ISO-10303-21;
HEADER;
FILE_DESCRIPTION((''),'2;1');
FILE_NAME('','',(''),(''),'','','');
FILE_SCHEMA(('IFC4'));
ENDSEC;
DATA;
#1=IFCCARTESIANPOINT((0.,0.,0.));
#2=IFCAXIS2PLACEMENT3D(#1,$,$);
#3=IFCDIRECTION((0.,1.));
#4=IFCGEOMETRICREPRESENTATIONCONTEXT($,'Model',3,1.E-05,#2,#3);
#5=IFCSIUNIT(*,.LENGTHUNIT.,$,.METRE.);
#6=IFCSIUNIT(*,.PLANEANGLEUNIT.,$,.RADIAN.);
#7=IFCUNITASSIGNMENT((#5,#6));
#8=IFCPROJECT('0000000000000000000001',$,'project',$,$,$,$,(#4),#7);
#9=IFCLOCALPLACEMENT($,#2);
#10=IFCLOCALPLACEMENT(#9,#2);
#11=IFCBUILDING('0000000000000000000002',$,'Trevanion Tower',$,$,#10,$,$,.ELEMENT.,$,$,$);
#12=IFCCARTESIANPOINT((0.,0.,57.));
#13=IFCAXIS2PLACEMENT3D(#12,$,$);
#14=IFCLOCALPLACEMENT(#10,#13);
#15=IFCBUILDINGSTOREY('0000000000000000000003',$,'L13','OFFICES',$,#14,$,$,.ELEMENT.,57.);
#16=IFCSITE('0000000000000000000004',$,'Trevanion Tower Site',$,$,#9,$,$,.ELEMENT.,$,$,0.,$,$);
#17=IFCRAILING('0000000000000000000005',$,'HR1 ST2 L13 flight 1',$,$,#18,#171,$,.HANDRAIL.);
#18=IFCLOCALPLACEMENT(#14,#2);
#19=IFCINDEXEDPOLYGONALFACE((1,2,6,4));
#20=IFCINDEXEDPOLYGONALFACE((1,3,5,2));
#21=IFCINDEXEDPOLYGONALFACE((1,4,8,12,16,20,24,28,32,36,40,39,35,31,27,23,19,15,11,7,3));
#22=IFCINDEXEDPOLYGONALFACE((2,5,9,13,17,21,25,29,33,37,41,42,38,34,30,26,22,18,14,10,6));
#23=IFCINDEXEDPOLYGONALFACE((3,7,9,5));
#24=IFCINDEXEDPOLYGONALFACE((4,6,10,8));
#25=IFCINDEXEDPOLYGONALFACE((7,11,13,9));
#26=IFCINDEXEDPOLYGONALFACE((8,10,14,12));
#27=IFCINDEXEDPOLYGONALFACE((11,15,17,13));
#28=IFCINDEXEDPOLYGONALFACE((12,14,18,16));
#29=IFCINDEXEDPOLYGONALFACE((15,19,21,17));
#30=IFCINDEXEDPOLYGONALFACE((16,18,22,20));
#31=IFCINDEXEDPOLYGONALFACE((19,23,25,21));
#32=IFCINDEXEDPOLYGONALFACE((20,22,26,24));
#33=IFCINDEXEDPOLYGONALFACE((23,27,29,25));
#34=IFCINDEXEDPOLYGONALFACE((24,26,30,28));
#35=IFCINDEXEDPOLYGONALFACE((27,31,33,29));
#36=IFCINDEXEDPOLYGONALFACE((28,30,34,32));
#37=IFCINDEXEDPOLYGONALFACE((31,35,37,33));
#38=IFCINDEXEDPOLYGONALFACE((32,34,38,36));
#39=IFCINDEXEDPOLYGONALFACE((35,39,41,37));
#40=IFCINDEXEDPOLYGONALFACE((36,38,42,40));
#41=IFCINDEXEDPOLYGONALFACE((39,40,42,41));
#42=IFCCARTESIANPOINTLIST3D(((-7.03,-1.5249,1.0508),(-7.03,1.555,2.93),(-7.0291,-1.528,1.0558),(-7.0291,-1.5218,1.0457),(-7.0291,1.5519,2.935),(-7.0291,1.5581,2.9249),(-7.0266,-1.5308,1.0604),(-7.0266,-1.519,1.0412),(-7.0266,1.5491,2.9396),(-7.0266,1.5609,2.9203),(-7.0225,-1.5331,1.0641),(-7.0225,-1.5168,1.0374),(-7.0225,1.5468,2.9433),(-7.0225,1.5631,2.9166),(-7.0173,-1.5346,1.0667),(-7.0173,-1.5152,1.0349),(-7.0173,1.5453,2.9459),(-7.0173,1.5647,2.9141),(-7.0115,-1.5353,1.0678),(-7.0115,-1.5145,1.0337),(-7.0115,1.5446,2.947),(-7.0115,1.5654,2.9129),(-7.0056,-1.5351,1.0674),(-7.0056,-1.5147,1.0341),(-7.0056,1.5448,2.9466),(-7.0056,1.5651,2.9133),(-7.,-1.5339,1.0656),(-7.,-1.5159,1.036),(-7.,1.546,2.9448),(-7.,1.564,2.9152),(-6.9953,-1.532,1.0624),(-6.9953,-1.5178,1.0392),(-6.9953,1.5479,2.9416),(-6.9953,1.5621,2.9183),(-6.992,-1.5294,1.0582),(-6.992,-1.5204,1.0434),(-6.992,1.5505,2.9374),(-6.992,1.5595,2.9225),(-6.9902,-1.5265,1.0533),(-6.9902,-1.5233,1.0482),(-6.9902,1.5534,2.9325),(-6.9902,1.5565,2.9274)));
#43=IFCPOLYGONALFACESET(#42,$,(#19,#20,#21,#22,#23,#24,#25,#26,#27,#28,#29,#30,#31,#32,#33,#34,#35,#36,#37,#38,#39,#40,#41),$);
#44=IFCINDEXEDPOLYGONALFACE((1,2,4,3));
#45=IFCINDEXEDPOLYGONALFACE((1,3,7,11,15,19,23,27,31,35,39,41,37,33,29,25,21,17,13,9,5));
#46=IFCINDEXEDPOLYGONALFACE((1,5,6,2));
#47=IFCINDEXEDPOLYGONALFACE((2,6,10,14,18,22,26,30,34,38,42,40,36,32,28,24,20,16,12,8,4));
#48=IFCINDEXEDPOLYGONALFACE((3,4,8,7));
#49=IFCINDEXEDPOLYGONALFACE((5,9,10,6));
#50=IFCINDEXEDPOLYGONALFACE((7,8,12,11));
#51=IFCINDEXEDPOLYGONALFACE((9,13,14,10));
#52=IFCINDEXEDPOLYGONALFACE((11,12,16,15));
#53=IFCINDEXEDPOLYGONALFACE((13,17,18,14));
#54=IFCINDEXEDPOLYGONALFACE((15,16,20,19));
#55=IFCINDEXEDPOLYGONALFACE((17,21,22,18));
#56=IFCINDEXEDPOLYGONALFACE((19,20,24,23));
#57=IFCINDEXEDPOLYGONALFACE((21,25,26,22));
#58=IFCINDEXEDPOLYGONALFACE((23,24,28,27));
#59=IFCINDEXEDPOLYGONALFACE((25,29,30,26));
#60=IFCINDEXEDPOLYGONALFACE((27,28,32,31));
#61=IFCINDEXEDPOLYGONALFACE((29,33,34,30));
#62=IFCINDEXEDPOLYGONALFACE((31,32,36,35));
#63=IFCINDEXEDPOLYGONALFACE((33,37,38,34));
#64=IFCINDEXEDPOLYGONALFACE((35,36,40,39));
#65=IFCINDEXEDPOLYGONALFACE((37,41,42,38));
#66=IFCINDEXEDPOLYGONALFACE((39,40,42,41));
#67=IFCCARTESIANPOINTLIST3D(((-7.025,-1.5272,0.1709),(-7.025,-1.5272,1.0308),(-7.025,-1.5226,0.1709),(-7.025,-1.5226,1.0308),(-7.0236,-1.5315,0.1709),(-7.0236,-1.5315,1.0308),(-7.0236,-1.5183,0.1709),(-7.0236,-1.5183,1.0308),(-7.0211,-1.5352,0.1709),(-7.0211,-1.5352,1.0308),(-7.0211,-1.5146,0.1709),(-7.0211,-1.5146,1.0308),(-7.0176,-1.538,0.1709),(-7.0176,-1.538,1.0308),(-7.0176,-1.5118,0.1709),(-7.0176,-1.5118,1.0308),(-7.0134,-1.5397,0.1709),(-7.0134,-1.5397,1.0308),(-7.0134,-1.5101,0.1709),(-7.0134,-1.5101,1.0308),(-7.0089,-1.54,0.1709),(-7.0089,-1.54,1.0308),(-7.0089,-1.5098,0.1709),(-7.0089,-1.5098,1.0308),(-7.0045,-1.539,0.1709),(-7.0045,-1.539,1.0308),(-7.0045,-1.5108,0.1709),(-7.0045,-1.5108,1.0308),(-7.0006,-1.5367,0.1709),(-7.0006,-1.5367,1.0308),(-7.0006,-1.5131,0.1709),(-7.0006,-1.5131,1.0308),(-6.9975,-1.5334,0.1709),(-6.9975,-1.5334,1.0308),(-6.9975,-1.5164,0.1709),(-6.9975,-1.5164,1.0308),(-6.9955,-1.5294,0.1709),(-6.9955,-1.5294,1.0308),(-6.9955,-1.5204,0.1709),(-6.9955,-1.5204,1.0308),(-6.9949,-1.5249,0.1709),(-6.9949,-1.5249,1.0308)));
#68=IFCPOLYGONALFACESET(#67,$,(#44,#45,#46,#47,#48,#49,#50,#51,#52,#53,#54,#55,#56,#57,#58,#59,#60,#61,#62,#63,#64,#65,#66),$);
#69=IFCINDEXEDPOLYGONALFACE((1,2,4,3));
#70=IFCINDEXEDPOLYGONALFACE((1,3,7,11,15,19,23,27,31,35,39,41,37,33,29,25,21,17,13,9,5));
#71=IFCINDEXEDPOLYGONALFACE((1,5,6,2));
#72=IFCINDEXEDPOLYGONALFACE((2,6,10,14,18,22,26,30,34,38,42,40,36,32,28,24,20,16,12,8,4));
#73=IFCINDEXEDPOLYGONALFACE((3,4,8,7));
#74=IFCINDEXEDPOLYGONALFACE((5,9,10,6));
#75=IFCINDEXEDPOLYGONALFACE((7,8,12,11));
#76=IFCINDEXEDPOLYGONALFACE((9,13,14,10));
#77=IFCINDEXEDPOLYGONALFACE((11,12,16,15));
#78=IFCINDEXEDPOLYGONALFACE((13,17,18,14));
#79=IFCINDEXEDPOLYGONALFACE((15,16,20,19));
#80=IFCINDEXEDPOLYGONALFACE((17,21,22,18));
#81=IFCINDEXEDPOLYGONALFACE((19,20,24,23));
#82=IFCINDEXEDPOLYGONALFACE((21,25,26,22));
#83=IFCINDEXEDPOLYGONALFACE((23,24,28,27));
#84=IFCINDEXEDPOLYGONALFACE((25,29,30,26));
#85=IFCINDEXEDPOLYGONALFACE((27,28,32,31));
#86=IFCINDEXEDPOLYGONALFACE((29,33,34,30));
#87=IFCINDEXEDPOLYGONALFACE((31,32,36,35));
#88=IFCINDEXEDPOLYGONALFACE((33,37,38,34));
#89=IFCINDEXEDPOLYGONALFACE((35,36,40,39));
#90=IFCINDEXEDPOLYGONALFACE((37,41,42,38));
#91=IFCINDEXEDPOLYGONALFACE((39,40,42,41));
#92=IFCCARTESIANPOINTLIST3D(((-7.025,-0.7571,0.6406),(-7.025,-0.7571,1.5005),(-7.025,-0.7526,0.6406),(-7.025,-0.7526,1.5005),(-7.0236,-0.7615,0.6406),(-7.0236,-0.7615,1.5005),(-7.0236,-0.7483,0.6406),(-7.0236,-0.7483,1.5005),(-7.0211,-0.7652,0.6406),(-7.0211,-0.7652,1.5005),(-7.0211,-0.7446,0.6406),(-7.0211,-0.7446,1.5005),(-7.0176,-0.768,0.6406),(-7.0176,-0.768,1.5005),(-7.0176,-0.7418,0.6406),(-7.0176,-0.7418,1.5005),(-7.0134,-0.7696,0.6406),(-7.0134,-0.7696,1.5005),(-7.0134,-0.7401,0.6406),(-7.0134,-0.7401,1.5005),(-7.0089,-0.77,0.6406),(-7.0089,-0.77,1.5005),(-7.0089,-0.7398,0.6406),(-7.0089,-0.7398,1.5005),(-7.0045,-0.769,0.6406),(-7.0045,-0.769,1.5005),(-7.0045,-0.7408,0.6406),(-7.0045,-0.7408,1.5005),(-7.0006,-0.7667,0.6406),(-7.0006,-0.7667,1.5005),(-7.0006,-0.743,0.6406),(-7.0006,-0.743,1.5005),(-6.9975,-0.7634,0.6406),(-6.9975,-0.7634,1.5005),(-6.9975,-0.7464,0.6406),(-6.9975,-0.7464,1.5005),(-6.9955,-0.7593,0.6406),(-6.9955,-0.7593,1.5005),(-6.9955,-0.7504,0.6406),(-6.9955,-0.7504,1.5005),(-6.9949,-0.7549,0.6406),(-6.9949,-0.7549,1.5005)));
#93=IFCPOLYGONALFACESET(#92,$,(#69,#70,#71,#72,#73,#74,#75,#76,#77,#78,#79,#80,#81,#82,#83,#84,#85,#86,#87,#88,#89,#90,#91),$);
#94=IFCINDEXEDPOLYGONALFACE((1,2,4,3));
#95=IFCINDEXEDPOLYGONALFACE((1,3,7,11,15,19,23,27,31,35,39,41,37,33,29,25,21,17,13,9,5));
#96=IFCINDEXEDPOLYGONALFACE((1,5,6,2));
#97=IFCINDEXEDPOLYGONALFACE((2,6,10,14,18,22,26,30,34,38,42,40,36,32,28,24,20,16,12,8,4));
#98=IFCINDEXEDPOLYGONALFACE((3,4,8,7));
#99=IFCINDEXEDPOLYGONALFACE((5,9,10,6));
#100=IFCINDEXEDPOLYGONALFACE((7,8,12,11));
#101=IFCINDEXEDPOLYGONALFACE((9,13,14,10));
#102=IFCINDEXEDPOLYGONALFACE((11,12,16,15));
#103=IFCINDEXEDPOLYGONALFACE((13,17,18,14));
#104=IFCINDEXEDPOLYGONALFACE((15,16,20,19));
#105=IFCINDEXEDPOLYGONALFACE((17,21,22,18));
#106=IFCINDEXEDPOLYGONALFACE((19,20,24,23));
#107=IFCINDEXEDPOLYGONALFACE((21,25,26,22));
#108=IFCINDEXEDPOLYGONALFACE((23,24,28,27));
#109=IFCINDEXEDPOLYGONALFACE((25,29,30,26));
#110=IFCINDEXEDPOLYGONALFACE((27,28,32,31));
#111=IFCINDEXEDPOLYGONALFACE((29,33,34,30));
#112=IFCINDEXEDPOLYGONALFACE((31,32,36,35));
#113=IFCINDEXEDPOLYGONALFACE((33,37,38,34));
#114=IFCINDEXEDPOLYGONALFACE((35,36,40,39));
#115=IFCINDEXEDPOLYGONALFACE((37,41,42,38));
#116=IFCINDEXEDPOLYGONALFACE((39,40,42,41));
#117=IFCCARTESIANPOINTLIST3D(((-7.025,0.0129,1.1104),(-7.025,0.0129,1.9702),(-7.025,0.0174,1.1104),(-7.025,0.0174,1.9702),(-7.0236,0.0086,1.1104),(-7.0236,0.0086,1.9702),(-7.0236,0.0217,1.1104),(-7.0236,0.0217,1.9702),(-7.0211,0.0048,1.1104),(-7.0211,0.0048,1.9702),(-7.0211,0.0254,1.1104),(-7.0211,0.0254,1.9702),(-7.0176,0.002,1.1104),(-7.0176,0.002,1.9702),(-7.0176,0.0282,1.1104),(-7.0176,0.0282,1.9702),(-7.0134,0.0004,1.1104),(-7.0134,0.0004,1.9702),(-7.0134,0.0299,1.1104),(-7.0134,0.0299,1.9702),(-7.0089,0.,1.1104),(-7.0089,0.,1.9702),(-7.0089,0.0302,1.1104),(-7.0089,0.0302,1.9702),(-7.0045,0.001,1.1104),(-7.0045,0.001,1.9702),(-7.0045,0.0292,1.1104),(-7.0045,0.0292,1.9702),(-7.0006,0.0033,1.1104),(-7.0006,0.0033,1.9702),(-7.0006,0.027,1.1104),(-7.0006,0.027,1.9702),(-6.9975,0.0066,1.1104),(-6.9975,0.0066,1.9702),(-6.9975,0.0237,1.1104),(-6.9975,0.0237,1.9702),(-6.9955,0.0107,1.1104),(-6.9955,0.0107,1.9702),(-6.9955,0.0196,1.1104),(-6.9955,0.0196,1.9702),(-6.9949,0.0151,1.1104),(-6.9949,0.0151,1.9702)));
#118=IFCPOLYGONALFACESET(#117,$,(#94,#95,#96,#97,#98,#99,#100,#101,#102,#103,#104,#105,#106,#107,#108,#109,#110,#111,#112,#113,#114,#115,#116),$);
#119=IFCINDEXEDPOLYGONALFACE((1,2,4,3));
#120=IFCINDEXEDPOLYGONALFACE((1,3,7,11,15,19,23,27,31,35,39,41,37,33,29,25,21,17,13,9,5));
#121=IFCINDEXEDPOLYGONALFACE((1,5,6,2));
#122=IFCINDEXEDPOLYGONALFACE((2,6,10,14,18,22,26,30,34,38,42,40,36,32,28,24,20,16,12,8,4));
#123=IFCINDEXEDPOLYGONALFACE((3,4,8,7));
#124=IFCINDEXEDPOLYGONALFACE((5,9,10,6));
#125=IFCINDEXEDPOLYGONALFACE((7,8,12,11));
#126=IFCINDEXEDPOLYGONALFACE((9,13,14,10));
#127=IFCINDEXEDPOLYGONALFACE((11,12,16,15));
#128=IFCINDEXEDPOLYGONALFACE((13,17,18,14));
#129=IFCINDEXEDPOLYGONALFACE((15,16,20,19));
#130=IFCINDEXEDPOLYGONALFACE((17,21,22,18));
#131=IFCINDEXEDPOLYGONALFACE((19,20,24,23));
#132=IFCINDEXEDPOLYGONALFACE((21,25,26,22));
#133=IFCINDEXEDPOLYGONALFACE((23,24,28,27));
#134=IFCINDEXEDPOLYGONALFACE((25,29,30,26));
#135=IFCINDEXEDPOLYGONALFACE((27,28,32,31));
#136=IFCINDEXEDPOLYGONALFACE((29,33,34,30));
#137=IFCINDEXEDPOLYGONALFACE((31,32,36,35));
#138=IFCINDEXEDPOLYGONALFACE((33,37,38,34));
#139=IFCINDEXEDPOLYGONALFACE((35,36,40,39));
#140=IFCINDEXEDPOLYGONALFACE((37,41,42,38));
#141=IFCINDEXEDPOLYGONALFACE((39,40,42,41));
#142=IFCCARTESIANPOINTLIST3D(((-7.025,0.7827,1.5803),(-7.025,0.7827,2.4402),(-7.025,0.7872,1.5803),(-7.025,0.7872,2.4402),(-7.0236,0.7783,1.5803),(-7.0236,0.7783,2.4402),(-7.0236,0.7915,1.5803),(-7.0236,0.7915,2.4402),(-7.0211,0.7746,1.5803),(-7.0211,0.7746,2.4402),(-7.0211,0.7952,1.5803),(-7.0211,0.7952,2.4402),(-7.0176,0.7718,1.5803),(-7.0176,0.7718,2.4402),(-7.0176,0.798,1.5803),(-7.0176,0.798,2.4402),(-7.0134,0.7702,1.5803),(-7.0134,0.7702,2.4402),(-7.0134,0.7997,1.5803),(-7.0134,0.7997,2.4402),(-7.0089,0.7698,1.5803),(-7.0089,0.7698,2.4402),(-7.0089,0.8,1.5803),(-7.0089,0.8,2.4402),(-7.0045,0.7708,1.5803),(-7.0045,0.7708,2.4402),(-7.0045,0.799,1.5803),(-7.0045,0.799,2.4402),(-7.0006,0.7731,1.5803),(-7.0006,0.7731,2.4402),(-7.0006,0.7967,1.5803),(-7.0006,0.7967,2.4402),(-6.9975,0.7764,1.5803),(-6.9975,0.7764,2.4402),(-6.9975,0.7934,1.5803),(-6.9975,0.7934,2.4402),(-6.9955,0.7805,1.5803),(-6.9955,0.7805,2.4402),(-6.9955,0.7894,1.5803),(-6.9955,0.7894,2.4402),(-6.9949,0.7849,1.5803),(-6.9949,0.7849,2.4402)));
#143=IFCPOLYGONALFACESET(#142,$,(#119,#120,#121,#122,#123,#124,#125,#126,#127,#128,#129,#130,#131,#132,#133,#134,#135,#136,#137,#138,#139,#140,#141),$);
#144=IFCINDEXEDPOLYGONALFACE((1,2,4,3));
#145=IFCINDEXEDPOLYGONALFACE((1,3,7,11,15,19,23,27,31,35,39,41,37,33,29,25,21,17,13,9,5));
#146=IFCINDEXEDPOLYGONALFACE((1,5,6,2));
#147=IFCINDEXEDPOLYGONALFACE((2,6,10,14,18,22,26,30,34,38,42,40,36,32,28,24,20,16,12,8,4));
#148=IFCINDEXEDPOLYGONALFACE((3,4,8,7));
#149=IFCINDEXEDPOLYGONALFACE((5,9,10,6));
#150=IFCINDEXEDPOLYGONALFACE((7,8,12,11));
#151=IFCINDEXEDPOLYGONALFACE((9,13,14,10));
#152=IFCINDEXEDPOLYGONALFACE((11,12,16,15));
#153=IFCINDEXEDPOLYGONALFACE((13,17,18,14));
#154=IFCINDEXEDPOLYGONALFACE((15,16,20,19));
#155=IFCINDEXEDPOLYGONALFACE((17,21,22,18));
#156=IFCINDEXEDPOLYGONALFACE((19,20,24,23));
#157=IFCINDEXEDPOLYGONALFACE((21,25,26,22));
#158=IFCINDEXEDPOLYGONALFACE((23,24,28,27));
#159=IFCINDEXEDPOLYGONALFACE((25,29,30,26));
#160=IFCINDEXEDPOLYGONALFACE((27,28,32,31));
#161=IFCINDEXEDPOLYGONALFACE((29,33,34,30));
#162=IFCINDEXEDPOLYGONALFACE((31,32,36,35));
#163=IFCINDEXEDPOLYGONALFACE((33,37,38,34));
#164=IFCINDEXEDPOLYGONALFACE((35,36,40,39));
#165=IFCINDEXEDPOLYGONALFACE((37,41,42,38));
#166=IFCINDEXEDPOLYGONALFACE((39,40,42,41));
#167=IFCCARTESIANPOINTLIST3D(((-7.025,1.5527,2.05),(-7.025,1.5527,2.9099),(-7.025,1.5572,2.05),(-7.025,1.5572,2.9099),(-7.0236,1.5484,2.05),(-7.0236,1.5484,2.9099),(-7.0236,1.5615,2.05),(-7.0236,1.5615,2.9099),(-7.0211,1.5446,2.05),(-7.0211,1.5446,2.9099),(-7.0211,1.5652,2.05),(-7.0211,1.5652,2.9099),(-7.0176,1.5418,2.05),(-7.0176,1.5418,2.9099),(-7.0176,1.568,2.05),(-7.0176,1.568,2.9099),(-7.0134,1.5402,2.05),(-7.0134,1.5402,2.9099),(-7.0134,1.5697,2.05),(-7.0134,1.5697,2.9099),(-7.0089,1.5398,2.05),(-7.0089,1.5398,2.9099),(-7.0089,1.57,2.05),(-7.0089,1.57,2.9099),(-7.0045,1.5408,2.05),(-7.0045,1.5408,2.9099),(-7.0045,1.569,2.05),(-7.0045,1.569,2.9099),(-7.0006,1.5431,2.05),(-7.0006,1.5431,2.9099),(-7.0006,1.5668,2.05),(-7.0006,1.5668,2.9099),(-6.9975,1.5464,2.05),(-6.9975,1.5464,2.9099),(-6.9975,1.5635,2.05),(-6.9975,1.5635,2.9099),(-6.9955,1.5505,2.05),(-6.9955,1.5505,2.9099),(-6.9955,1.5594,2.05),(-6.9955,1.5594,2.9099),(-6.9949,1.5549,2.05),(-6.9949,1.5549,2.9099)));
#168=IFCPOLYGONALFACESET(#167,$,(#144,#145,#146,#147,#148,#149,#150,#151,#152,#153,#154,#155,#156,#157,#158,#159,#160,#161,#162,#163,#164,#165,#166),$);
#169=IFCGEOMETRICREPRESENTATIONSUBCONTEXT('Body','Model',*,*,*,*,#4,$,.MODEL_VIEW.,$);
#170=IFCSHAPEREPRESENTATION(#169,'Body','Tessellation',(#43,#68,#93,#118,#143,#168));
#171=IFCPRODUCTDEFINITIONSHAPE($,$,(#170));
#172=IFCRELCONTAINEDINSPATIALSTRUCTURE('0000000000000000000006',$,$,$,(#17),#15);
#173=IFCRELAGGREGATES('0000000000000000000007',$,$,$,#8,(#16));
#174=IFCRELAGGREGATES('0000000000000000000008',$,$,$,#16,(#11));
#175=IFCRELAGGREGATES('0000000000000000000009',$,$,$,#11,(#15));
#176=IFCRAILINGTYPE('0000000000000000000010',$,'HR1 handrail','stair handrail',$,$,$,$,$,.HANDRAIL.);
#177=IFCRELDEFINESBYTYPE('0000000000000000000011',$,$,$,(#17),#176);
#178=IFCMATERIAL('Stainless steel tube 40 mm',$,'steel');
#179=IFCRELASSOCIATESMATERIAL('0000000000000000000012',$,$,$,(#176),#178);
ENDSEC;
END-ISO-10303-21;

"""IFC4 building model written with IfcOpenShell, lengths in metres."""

from ifc_helpers import new_model, si_unit, direction, frame, origin, origin_2d, place, context, subcontext, project, spatial, circle, extrude, material, type_object, element, save


model = new_model("IFC4")

# Units and contexts
model_context = context("Model", 3, precision=1e-05, world=origin(), true_north=direction((0.0, 1.0)))
body_context = subcontext(model_context, "Body", "Model", "MODEL_VIEW")
ifc_project = project(units=[si_unit("LENGTHUNIT", "METRE"), si_unit("PLANEANGLEUNIT", "RADIAN")], contexts=[model_context])

# Site, building, storey
site_placement = place(None, origin())
site = spatial("IfcSite", under=ifc_project, at=site_placement, Name="Trevanion Tower Site", CompositionType="ELEMENT", RefElevation=0.0)
building_placement = place(site_placement, origin())
building = spatial("IfcBuilding", under=site, at=building_placement, Name="Trevanion Tower", CompositionType="ELEMENT")
storey_placement = place(building_placement, frame((0.0, 0.0, 57.0)))
storey = spatial("IfcBuildingStorey", under=building, at=storey_placement, Name="L13", Description="OFFICES", CompositionType="ELEMENT", Elevation=57.0)

# Railing
ifc_material_1 = material(Name="Stainless steel tube 40 mm", Category="steel")
railing_type = type_object("IfcRailingType", Name="HR1 handrail", Description="stair handrail", PredefinedType="HANDRAIL", material=ifc_material_1)
for number, where, name in (
    (1, (-7.01, -1.5249, 0.1709), "HR1 ST2 L13 flight 1"),
):
    element("IfcRailing", number, at=place(storey_placement, frame(where)), inside=storey, type_object=railing_type, Name=name, PredefinedType="HANDRAIL", context=body_context, shape_type="SweptSolid", body=[
        extrude(circle(Radius=0.02, at=origin_2d()), frame((0.0, 0.0, 0.8799), z_axis=(0.0, 0.853648, 0.52085), x_axis=(-1.0, 0.0, 0.0)), (0.0, 0.0, 1.0), 3.6079),
        extrude(circle(Radius=0.0151, at=origin_2d()), origin(), (0.0, 0.0, 1.0), 0.8599),
        extrude(circle(Radius=0.0151, at=origin_2d()), frame((0.0, 0.77, 0.4697)), (0.0, 0.0, 1.0), 0.8599),
        extrude(circle(Radius=0.0151, at=origin_2d()), frame((0.0, 1.54, 0.9395)), (0.0, 0.0, 1.0), 0.8599),
        extrude(circle(Radius=0.0151, at=origin_2d()), frame((0.0, 2.3098, 1.4094)), (0.0, 0.0, 1.0), 0.8599),
        extrude(circle(Radius=0.0151, at=origin_2d()), frame((0.0, 3.0798, 1.8792)), (0.0, 0.0, 1.0), 0.8599),
    ])

save(model, "model.ifc")
